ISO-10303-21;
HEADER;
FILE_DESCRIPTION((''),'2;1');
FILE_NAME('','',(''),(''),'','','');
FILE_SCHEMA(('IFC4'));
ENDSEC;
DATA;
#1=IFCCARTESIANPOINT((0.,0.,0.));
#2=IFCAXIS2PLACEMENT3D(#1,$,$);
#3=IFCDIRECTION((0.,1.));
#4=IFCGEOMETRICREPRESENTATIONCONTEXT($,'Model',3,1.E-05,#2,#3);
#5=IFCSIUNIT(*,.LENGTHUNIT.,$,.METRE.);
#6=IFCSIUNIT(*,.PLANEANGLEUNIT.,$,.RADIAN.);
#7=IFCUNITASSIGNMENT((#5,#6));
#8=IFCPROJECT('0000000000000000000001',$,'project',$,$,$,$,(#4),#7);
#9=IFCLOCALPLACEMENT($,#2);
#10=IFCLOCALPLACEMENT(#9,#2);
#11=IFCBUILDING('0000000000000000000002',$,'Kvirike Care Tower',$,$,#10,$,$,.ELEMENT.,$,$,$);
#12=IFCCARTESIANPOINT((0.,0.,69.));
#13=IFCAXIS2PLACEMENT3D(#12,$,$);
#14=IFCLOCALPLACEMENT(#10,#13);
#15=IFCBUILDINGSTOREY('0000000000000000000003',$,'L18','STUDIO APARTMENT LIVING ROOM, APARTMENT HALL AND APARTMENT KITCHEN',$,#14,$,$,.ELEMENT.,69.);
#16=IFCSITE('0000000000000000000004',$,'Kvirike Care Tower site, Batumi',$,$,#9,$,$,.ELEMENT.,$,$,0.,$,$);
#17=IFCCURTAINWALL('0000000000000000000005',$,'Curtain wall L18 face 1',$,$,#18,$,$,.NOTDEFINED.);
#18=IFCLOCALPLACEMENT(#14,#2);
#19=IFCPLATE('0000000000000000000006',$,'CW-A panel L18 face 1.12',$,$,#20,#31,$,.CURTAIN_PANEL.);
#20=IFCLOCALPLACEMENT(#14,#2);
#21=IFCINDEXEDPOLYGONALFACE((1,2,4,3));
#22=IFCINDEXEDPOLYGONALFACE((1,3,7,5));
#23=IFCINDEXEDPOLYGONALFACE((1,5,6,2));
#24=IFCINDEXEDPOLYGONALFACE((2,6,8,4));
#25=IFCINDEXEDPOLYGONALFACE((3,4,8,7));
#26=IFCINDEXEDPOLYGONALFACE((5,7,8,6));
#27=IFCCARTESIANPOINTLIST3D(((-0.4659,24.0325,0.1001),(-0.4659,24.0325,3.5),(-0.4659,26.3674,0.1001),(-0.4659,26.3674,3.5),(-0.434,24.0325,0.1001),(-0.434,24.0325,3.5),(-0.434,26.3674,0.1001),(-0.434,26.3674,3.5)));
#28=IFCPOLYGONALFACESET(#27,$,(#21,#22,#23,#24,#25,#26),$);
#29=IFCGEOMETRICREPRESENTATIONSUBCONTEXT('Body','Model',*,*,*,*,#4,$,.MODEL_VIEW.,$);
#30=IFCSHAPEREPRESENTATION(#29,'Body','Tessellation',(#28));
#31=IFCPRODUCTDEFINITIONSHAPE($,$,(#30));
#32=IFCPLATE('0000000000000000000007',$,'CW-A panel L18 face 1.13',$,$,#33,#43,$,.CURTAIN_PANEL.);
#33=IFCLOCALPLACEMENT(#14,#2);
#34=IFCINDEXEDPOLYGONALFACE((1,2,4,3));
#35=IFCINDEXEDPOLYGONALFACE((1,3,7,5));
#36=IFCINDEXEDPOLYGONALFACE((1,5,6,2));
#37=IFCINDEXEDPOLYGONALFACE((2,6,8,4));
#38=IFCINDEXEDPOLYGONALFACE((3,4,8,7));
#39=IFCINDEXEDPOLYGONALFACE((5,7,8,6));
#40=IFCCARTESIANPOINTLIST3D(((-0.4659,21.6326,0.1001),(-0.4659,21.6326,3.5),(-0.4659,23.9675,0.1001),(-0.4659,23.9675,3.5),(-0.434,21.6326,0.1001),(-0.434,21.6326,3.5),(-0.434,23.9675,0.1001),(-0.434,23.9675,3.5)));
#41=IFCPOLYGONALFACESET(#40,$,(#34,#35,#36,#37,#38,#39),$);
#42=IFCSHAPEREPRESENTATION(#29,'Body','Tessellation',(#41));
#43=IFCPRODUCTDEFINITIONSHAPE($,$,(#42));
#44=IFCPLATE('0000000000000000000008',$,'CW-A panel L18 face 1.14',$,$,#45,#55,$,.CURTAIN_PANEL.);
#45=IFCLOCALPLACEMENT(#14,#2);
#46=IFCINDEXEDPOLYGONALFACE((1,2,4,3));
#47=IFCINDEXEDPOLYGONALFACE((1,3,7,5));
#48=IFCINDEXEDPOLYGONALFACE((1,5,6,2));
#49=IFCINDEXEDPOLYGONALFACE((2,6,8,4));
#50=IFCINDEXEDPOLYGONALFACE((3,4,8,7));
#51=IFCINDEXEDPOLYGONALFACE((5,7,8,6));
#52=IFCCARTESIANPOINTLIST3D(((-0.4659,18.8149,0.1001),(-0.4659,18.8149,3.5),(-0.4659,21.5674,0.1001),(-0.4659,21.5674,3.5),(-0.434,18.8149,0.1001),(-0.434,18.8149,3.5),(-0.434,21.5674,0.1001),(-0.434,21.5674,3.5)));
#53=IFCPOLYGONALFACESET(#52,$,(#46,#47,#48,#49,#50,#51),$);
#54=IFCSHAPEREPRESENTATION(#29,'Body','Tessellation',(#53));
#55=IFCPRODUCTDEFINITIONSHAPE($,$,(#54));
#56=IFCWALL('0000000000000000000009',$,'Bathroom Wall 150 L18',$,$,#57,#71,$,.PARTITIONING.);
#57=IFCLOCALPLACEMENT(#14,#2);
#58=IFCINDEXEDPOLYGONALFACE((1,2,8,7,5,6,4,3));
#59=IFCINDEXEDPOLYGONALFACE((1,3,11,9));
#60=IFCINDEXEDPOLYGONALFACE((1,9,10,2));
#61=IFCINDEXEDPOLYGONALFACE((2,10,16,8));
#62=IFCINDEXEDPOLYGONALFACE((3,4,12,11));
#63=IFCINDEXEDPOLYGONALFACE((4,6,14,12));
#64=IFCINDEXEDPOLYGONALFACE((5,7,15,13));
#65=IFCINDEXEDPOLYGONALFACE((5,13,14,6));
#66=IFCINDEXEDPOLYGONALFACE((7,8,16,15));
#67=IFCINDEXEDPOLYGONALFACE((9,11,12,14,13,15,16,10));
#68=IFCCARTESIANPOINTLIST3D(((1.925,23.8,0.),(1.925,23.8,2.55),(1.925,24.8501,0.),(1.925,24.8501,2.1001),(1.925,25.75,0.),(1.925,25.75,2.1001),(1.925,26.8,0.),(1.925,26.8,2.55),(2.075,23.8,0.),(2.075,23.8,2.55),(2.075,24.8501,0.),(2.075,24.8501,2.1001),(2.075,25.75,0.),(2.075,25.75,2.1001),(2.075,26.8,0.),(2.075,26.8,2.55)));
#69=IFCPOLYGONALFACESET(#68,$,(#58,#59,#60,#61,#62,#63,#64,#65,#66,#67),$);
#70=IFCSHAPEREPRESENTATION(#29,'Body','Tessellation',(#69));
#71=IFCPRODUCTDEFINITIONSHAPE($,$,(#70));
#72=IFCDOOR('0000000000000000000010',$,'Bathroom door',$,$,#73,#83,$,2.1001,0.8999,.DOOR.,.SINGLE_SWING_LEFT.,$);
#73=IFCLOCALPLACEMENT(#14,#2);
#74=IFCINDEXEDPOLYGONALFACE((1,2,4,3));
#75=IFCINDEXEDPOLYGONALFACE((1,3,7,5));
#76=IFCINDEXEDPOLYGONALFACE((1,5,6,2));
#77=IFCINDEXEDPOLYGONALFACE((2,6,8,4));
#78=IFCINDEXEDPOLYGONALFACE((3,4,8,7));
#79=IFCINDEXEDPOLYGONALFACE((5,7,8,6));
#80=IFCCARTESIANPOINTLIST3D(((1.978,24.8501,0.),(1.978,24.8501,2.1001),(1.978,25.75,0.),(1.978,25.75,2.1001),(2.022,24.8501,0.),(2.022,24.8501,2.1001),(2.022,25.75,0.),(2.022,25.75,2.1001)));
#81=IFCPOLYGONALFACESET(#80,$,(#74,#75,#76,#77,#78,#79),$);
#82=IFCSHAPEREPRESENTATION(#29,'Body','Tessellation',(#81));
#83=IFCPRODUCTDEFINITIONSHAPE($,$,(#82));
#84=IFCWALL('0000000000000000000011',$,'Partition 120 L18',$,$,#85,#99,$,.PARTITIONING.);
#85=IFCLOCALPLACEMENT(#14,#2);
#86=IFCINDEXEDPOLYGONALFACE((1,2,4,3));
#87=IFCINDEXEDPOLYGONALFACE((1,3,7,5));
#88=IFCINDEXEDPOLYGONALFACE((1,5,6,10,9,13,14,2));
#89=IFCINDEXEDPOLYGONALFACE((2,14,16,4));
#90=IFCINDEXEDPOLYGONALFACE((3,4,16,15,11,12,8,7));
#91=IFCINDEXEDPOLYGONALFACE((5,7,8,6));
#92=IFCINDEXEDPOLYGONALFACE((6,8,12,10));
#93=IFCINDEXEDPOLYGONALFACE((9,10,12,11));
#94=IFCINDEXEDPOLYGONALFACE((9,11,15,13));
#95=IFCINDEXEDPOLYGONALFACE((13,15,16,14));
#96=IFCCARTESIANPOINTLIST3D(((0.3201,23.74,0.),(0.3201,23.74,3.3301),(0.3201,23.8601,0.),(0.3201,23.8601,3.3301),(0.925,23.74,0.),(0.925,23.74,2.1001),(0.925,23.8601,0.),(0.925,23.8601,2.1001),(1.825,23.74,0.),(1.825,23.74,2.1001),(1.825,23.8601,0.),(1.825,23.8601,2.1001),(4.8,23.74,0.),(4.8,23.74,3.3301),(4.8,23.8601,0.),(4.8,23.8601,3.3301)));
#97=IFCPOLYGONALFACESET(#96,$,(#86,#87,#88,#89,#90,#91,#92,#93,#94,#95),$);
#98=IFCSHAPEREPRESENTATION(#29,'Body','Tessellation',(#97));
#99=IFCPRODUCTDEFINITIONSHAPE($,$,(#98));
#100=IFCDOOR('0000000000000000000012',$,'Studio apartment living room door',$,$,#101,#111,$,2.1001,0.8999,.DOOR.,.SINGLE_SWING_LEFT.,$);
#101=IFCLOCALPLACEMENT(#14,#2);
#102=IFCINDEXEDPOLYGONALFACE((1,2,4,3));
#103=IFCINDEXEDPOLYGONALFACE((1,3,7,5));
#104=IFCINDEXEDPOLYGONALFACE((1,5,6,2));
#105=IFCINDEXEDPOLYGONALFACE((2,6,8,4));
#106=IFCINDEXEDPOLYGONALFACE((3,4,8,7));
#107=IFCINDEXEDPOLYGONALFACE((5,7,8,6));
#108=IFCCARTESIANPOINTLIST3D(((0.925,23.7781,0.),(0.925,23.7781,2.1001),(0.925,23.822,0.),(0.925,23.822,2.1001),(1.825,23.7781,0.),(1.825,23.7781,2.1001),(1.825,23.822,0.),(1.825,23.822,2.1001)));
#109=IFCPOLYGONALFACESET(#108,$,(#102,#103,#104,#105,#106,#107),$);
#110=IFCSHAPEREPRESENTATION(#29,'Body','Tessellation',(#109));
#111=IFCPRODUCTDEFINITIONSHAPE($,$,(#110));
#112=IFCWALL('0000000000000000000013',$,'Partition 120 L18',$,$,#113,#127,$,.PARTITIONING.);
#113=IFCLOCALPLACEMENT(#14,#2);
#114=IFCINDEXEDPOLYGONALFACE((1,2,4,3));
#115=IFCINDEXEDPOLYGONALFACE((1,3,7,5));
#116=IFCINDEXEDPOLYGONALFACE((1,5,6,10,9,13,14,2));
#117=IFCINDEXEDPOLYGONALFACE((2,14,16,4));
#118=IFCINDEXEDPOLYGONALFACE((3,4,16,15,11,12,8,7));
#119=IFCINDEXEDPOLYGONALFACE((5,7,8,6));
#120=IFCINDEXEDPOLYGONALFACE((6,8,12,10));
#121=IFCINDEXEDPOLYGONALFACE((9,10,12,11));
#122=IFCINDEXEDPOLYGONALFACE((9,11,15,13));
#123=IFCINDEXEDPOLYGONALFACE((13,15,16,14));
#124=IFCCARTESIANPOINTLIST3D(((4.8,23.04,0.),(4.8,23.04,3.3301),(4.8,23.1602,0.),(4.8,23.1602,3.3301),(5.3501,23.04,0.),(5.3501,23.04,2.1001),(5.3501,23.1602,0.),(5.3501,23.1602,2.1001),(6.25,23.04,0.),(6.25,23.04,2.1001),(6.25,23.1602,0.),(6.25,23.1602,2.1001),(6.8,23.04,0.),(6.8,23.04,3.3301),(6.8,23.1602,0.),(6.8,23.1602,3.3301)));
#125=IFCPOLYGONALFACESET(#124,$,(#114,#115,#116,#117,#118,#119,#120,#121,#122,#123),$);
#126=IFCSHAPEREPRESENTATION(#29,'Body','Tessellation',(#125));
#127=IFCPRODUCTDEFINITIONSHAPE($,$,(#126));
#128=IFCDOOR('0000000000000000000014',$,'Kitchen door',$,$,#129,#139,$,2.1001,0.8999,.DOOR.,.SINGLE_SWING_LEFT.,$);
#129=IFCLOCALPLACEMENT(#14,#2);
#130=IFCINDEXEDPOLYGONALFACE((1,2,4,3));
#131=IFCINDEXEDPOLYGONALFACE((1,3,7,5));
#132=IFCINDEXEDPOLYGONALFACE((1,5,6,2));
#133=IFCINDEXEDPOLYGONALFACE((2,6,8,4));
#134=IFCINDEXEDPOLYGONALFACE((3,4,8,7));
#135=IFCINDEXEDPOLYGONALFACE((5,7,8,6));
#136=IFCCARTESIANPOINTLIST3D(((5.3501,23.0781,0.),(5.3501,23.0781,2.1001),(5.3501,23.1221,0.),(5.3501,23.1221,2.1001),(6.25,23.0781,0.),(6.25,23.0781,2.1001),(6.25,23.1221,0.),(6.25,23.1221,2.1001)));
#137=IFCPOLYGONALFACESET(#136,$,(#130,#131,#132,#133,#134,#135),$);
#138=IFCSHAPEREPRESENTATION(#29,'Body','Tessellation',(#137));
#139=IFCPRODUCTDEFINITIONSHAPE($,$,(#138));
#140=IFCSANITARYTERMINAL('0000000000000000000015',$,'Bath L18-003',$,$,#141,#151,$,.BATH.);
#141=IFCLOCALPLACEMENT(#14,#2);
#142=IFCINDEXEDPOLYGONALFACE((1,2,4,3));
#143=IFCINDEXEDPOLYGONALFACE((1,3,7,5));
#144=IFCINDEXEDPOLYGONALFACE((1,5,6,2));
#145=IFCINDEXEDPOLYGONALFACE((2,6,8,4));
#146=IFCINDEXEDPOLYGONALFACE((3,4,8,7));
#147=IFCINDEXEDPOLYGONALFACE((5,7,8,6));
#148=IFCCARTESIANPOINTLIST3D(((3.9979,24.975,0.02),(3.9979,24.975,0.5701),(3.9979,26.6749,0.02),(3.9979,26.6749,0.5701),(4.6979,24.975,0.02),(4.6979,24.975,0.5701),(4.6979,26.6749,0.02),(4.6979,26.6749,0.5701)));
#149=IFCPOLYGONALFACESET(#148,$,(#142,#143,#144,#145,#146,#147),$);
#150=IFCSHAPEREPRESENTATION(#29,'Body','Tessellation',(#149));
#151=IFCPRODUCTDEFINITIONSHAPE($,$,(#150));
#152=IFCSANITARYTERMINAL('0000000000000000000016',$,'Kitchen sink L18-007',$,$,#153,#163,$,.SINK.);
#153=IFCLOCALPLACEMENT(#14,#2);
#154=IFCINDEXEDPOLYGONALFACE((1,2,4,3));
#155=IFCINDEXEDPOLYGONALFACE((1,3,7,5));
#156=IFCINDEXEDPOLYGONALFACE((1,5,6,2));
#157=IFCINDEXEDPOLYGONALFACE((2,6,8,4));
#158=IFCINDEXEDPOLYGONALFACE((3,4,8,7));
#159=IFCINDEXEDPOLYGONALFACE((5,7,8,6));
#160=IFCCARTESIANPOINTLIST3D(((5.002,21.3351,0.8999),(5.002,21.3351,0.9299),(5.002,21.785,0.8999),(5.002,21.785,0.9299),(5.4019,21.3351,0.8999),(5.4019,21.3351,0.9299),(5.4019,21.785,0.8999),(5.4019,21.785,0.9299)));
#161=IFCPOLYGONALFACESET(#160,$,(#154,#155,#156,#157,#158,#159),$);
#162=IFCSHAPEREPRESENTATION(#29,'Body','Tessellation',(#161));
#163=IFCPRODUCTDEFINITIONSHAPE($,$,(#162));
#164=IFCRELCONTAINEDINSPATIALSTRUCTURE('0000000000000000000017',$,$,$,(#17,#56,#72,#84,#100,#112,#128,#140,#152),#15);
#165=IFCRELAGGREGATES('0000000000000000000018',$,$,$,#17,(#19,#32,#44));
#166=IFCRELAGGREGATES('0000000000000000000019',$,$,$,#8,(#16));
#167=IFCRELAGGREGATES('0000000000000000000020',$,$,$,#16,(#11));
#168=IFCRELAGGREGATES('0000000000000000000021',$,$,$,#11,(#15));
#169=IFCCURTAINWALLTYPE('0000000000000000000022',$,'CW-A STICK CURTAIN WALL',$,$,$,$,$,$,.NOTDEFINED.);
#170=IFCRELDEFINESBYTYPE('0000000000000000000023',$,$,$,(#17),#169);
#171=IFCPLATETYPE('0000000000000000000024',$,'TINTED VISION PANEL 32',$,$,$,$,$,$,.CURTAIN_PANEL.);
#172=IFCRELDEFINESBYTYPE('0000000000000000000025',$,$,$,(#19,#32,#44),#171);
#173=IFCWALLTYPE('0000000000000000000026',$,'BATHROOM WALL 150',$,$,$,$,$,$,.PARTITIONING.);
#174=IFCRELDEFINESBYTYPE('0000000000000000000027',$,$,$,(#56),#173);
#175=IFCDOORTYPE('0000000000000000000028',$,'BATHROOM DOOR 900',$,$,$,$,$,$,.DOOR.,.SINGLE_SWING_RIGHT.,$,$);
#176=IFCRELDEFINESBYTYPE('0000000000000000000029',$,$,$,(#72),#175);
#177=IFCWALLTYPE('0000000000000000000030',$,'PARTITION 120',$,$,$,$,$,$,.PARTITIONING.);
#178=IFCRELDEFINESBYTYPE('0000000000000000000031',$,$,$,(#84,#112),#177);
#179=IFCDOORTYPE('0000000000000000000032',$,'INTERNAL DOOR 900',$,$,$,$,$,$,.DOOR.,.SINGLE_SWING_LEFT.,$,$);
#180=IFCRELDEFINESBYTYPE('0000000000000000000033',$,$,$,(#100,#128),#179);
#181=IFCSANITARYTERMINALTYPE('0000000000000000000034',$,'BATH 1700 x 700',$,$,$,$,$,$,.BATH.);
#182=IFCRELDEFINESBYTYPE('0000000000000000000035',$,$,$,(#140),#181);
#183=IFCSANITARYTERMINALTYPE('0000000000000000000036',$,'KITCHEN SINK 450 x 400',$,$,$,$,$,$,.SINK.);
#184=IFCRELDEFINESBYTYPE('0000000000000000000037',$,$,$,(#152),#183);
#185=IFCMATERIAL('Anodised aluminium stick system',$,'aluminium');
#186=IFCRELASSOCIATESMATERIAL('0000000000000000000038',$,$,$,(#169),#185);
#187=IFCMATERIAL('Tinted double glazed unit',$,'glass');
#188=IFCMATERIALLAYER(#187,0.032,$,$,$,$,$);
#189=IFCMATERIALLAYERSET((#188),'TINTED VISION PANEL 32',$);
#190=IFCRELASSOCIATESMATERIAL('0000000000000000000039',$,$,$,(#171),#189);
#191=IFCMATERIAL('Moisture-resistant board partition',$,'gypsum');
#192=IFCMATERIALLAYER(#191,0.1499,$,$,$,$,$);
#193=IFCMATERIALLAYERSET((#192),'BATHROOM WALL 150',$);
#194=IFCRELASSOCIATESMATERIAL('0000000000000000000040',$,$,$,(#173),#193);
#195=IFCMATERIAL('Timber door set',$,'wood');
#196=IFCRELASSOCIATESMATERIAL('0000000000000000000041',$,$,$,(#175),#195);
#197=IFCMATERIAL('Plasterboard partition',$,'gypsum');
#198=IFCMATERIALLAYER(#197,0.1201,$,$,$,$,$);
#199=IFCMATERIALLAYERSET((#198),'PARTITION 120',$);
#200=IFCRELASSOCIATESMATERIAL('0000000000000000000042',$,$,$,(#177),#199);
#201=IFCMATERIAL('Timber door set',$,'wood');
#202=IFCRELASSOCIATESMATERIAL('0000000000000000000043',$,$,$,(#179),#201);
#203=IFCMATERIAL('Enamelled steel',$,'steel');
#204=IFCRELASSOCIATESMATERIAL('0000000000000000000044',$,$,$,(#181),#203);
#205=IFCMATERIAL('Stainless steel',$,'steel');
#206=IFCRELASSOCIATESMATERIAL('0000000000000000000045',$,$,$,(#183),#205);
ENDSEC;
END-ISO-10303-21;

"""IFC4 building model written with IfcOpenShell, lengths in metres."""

from ifc_helpers import new_model, si_unit, direction, frame, frame_2d, origin, origin_2d, place, context, subcontext, project, spatial, rectangle, extrude, material, layer, layer_set, type_object, element, fill, aggregate, save


model = new_model("IFC4")

# Units and contexts
model_context = context("Model", 3, precision=1e-05, world=origin(), true_north=direction((0.0, 1.0)))
body_context = subcontext(model_context, "Body", "Model", "MODEL_VIEW")
ifc_project = project(units=[si_unit("LENGTHUNIT", "METRE"), si_unit("PLANEANGLEUNIT", "RADIAN")], contexts=[model_context])

# Site, building, storey
site_placement = place(None, origin())
site = spatial("IfcSite", under=ifc_project, at=site_placement, Name="Kvirike Care Tower site, Batumi", CompositionType="ELEMENT", RefElevation=0.0)
building_placement = place(site_placement, origin())
building = spatial("IfcBuilding", under=site, at=building_placement, Name="Kvirike Care Tower", CompositionType="ELEMENT")
storey_placement = place(building_placement, frame((0.0, 0.0, 69.0)))
storey = spatial("IfcBuildingStorey", under=building, at=storey_placement, Name="L18", Description="STUDIO APARTMENT LIVING ROOM, APARTMENT HALL AND APARTMENT KITCHEN", CompositionType="ELEMENT", Elevation=69.0)

# Curtain wall
ifc_material_1 = material(Name="Anodised aluminium stick system", Category="aluminium")
curtain_wall_type = type_object("IfcCurtainWallType", Name="CW-A STICK CURTAIN WALL", PredefinedType="NOTDEFINED", material=ifc_material_1)
curtain_wall_placement = place(storey_placement, origin())
curtain_wall = element("IfcCurtainWall", 1, at=curtain_wall_placement, inside=storey, type_object=curtain_wall_type, Name="Curtain wall L18 face 1", PredefinedType="NOTDEFINED")

# Plates
ifc_material_2 = material(Name="Tinted double glazed unit", Category="glass")
ifc_layer_1 = layer(ifc_material_2, 0.032)
ifc_layer_set_1 = layer_set([ifc_layer_1], Name="TINTED VISION PANEL 32")
plate_type = type_object("IfcPlateType", Name="TINTED VISION PANEL 32", PredefinedType="CURTAIN_PANEL", material=ifc_layer_set_1)
plate_1_placement = place(storey_placement, frame((-0.45, 25.2, 0.1001), z_axis=(0.0, 0.0, 1.0), x_axis=(0.0, -1.0, 0.0)))
plate_1 = element("IfcPlate", 2, at=plate_1_placement, type_object=plate_type, Name="CW-A panel L18 face 1.12", PredefinedType="CURTAIN_PANEL", context=body_context, shape_type="SweptSolid", body=[
    extrude(rectangle(XDim=2.335, YDim=0.032, at=origin_2d()), origin(), (0.0, 0.0, 1.0), 3.3999),
])
plate_2_placement = place(storey_placement, frame((-0.45, 22.8, 0.1001), z_axis=(0.0, 0.0, 1.0), x_axis=(0.0, -1.0, 0.0)))
plate_2 = element("IfcPlate", 3, at=plate_2_placement, type_object=plate_type, Name="CW-A panel L18 face 1.13", PredefinedType="CURTAIN_PANEL", context=body_context, shape_type="SweptSolid", body=[
    extrude(rectangle(XDim=2.335, YDim=0.032, at=origin_2d()), origin(), (0.0, 0.0, 1.0), 3.3999),
])
plate_3_placement = place(storey_placement, frame((-0.45, 20.1912, 0.1001), z_axis=(0.0, 0.0, 1.0), x_axis=(0.0, -1.0, 0.0)))
plate_3 = element("IfcPlate", 4, at=plate_3_placement, type_object=plate_type, Name="CW-A panel L18 face 1.14", PredefinedType="CURTAIN_PANEL", context=body_context, shape_type="SweptSolid", body=[
    extrude(rectangle(XDim=2.7524, YDim=0.032, at=origin_2d()), origin(), (0.0, 0.0, 1.0), 3.3999),
])
aggregate(curtain_wall, [plate_1, plate_2, plate_3])

# Walls, openings, doors
ifc_material_3 = material(Name="Moisture-resistant board partition", Category="gypsum")
ifc_layer_2 = layer(ifc_material_3, 0.1499)
ifc_layer_set_2 = layer_set([ifc_layer_2], Name="BATHROOM WALL 150")
wall_type_1 = type_object("IfcWallType", Name="BATHROOM WALL 150", PredefinedType="PARTITIONING", material=ifc_layer_set_2)
wall_1_placement = place(storey_placement, frame((2.0, 23.8, 0.0), z_axis=(0.0, 0.0, 1.0), x_axis=(0.0, 1.0, 0.0)))
wall_1 = element("IfcWall", 5, at=wall_1_placement, inside=storey, type_object=wall_type_1, Name="Bathroom Wall 150 L18", PredefinedType="PARTITIONING", context=body_context, shape_type="SweptSolid", body=[
    extrude(rectangle(XDim=3.0, YDim=0.1499, at=frame_2d((1.5, 0.0))), origin(), (0.0, 0.0, 1.0), 2.55),
])
opening_1_placement = place(wall_1_placement, frame((1.05, 0.0, 0.0)))
opening_1 = element("IfcOpeningElement", 6, at=opening_1_placement, cuts=wall_1, PredefinedType="OPENING", context=body_context, shape_type="SweptSolid", body=[
    extrude(rectangle(XDim=0.8999, YDim=2.1001, at=frame_2d((0.45, 1.05))), frame((0.0, 0.0854, 0.0), z_axis=(0.0, -1.0, 0.0), x_axis=(1.0, 0.0, 0.0)), (0.0, 0.0, 1.0), 0.1709),
])
ifc_material_4 = material(Name="Timber door set", Category="wood")
door_type_1 = type_object("IfcDoorType", Name="BATHROOM DOOR 900", OperationType="SINGLE_SWING_RIGHT", PredefinedType="DOOR", material=ifc_material_4)
door_1_placement = place(opening_1_placement, frame((0.8999, 0.0, 0.0), z_axis=(0.0, 0.0, 1.0), x_axis=(-1.0, 0.0, 0.0)))
door_1 = element("IfcDoor", 7, at=door_1_placement, inside=storey, type_object=door_type_1, Name="Bathroom door", OperationType="SINGLE_SWING_LEFT", OverallHeight=2.1001, OverallWidth=0.8999, PredefinedType="DOOR", context=body_context, shape_type="SweptSolid", body=[
    extrude(rectangle(XDim=0.8999, YDim=2.1001, at=frame_2d((0.45, 1.05))), frame((0.0, 0.022, 0.0), z_axis=(0.0, -1.0, 0.0), x_axis=(1.0, 0.0, 0.0)), (0.0, 0.0, 1.0), 0.0439),
])
fill(opening_1, door_1)
ifc_material_5 = material(Name="Plasterboard partition", Category="gypsum")
ifc_layer_3 = layer(ifc_material_5, 0.1201)
ifc_layer_set_3 = layer_set([ifc_layer_3], Name="PARTITION 120")
wall_type_2 = type_object("IfcWallType", Name="PARTITION 120", PredefinedType="PARTITIONING", material=ifc_layer_set_3)
wall_2_placement = place(storey_placement, frame((0.3201, 23.8, 0.0), z_axis=(0.0, 0.0, 1.0), x_axis=(1.0, 0.0, 0.0)))
wall_2 = element("IfcWall", 8, at=wall_2_placement, inside=storey, type_object=wall_type_2, Name="Partition 120 L18", PredefinedType="PARTITIONING", context=body_context, shape_type="SweptSolid", body=[
    extrude(rectangle(XDim=4.48, YDim=0.1201, at=frame_2d((2.24, 0.0))), origin(), (0.0, 0.0, 1.0), 3.3301),
])
opening_2_placement = place(wall_2_placement, frame((0.605, 0.0, 0.0)))
opening_2 = element("IfcOpeningElement", 9, at=opening_2_placement, cuts=wall_2, PredefinedType="OPENING", context=body_context, shape_type="SweptSolid", body=[
    extrude(rectangle(XDim=0.8999, YDim=2.1001, at=frame_2d((0.45, 1.05))), frame((0.0, 0.0706, 0.0), z_axis=(0.0, -1.0, 0.0), x_axis=(1.0, 0.0, 0.0)), (0.0, 0.0, 1.0), 0.1411),
])
ifc_material_6 = material(Name="Timber door set", Category="wood")
door_type_2 = type_object("IfcDoorType", Name="INTERNAL DOOR 900", OperationType="SINGLE_SWING_LEFT", PredefinedType="DOOR", material=ifc_material_6)
door_2_placement = place(opening_2_placement, origin())
door_2 = element("IfcDoor", 10, at=door_2_placement, inside=storey, type_object=door_type_2, Name="Studio apartment living room door", OperationType="SINGLE_SWING_LEFT", OverallHeight=2.1001, OverallWidth=0.8999, PredefinedType="DOOR", context=body_context, shape_type="SweptSolid", body=[
    extrude(rectangle(XDim=0.8999, YDim=2.1001, at=frame_2d((0.45, 1.05))), frame((0.0, 0.022, 0.0), z_axis=(0.0, -1.0, 0.0), x_axis=(1.0, 0.0, 0.0)), (0.0, 0.0, 1.0), 0.0439),
])
fill(opening_2, door_2)
wall_3_placement = place(storey_placement, frame((4.8, 23.1001, 0.0), z_axis=(0.0, 0.0, 1.0), x_axis=(1.0, 0.0, 0.0)))
wall_3 = element("IfcWall", 11, at=wall_3_placement, inside=storey, type_object=wall_type_2, Name="Partition 120 L18", PredefinedType="PARTITIONING", context=body_context, shape_type="SweptSolid", body=[
    extrude(rectangle(XDim=2.0, YDim=0.1201, at=frame_2d((1.0, 0.0))), origin(), (0.0, 0.0, 1.0), 3.3301),
])
opening_3_placement = place(wall_3_placement, frame((0.55, 0.0, 0.0)))
opening_3 = element("IfcOpeningElement", 12, at=opening_3_placement, cuts=wall_3, PredefinedType="OPENING", context=body_context, shape_type="SweptSolid", body=[
    extrude(rectangle(XDim=0.8999, YDim=2.1001, at=frame_2d((0.45, 1.05))), frame((0.0, 0.0706, 0.0), z_axis=(0.0, -1.0, 0.0), x_axis=(1.0, 0.0, 0.0)), (0.0, 0.0, 1.0), 0.1411),
])
door_3_placement = place(opening_3_placement, frame((0.8999, 0.0, 0.0), z_axis=(0.0, 0.0, 1.0), x_axis=(-1.0, 0.0, 0.0)))
door_3 = element("IfcDoor", 13, at=door_3_placement, inside=storey, type_object=door_type_2, Name="Kitchen door", OperationType="SINGLE_SWING_LEFT", OverallHeight=2.1001, OverallWidth=0.8999, PredefinedType="DOOR", context=body_context, shape_type="SweptSolid", body=[
    extrude(rectangle(XDim=0.8999, YDim=2.1001, at=frame_2d((0.45, 1.05))), frame((0.0, 0.022, 0.0), z_axis=(0.0, -1.0, 0.0), x_axis=(1.0, 0.0, 0.0)), (0.0, 0.0, 1.0), 0.0439),
])
fill(opening_3, door_3)

# Sanitary terminals
ifc_material_7 = material(Name="Enamelled steel", Category="steel")
sanitary_terminal_type_1 = type_object("IfcSanitaryTerminalType", Name="BATH 1700 x 700", PredefinedType="BATH", material=ifc_material_7)
sanitary_terminal_1_placement = place(storey_placement, frame((4.3479, 25.825, 0.02), z_axis=(0.0, 0.0, 1.0), x_axis=(0.0, -1.0, 0.0)))
element("IfcSanitaryTerminal", 14, at=sanitary_terminal_1_placement, inside=storey, type_object=sanitary_terminal_type_1, Name="Bath L18-003", PredefinedType="BATH", context=body_context, shape_type="SweptSolid", body=[
    extrude(rectangle(XDim=1.7, YDim=0.7, at=origin_2d()), origin(), (0.0, 0.0, 1.0), 0.55),
])
ifc_material_8 = material(Name="Stainless steel", Category="steel")
sanitary_terminal_type_2 = type_object("IfcSanitaryTerminalType", Name="KITCHEN SINK 450 x 400", PredefinedType="SINK", material=ifc_material_8)
sanitary_terminal_2_placement = place(storey_placement, frame((5.2019, 21.5601, 0.8999), z_axis=(0.0, 0.0, 1.0), x_axis=(0.0, 1.0, 0.0)))
element("IfcSanitaryTerminal", 15, at=sanitary_terminal_2_placement, inside=storey, type_object=sanitary_terminal_type_2, Name="Kitchen sink L18-007", PredefinedType="SINK", context=body_context, shape_type="SweptSolid", body=[
    extrude(rectangle(XDim=0.45, YDim=0.3999, at=origin_2d()), origin(), (0.0, 0.0, 1.0), 0.03),
])

save(model, "model.ifc")
